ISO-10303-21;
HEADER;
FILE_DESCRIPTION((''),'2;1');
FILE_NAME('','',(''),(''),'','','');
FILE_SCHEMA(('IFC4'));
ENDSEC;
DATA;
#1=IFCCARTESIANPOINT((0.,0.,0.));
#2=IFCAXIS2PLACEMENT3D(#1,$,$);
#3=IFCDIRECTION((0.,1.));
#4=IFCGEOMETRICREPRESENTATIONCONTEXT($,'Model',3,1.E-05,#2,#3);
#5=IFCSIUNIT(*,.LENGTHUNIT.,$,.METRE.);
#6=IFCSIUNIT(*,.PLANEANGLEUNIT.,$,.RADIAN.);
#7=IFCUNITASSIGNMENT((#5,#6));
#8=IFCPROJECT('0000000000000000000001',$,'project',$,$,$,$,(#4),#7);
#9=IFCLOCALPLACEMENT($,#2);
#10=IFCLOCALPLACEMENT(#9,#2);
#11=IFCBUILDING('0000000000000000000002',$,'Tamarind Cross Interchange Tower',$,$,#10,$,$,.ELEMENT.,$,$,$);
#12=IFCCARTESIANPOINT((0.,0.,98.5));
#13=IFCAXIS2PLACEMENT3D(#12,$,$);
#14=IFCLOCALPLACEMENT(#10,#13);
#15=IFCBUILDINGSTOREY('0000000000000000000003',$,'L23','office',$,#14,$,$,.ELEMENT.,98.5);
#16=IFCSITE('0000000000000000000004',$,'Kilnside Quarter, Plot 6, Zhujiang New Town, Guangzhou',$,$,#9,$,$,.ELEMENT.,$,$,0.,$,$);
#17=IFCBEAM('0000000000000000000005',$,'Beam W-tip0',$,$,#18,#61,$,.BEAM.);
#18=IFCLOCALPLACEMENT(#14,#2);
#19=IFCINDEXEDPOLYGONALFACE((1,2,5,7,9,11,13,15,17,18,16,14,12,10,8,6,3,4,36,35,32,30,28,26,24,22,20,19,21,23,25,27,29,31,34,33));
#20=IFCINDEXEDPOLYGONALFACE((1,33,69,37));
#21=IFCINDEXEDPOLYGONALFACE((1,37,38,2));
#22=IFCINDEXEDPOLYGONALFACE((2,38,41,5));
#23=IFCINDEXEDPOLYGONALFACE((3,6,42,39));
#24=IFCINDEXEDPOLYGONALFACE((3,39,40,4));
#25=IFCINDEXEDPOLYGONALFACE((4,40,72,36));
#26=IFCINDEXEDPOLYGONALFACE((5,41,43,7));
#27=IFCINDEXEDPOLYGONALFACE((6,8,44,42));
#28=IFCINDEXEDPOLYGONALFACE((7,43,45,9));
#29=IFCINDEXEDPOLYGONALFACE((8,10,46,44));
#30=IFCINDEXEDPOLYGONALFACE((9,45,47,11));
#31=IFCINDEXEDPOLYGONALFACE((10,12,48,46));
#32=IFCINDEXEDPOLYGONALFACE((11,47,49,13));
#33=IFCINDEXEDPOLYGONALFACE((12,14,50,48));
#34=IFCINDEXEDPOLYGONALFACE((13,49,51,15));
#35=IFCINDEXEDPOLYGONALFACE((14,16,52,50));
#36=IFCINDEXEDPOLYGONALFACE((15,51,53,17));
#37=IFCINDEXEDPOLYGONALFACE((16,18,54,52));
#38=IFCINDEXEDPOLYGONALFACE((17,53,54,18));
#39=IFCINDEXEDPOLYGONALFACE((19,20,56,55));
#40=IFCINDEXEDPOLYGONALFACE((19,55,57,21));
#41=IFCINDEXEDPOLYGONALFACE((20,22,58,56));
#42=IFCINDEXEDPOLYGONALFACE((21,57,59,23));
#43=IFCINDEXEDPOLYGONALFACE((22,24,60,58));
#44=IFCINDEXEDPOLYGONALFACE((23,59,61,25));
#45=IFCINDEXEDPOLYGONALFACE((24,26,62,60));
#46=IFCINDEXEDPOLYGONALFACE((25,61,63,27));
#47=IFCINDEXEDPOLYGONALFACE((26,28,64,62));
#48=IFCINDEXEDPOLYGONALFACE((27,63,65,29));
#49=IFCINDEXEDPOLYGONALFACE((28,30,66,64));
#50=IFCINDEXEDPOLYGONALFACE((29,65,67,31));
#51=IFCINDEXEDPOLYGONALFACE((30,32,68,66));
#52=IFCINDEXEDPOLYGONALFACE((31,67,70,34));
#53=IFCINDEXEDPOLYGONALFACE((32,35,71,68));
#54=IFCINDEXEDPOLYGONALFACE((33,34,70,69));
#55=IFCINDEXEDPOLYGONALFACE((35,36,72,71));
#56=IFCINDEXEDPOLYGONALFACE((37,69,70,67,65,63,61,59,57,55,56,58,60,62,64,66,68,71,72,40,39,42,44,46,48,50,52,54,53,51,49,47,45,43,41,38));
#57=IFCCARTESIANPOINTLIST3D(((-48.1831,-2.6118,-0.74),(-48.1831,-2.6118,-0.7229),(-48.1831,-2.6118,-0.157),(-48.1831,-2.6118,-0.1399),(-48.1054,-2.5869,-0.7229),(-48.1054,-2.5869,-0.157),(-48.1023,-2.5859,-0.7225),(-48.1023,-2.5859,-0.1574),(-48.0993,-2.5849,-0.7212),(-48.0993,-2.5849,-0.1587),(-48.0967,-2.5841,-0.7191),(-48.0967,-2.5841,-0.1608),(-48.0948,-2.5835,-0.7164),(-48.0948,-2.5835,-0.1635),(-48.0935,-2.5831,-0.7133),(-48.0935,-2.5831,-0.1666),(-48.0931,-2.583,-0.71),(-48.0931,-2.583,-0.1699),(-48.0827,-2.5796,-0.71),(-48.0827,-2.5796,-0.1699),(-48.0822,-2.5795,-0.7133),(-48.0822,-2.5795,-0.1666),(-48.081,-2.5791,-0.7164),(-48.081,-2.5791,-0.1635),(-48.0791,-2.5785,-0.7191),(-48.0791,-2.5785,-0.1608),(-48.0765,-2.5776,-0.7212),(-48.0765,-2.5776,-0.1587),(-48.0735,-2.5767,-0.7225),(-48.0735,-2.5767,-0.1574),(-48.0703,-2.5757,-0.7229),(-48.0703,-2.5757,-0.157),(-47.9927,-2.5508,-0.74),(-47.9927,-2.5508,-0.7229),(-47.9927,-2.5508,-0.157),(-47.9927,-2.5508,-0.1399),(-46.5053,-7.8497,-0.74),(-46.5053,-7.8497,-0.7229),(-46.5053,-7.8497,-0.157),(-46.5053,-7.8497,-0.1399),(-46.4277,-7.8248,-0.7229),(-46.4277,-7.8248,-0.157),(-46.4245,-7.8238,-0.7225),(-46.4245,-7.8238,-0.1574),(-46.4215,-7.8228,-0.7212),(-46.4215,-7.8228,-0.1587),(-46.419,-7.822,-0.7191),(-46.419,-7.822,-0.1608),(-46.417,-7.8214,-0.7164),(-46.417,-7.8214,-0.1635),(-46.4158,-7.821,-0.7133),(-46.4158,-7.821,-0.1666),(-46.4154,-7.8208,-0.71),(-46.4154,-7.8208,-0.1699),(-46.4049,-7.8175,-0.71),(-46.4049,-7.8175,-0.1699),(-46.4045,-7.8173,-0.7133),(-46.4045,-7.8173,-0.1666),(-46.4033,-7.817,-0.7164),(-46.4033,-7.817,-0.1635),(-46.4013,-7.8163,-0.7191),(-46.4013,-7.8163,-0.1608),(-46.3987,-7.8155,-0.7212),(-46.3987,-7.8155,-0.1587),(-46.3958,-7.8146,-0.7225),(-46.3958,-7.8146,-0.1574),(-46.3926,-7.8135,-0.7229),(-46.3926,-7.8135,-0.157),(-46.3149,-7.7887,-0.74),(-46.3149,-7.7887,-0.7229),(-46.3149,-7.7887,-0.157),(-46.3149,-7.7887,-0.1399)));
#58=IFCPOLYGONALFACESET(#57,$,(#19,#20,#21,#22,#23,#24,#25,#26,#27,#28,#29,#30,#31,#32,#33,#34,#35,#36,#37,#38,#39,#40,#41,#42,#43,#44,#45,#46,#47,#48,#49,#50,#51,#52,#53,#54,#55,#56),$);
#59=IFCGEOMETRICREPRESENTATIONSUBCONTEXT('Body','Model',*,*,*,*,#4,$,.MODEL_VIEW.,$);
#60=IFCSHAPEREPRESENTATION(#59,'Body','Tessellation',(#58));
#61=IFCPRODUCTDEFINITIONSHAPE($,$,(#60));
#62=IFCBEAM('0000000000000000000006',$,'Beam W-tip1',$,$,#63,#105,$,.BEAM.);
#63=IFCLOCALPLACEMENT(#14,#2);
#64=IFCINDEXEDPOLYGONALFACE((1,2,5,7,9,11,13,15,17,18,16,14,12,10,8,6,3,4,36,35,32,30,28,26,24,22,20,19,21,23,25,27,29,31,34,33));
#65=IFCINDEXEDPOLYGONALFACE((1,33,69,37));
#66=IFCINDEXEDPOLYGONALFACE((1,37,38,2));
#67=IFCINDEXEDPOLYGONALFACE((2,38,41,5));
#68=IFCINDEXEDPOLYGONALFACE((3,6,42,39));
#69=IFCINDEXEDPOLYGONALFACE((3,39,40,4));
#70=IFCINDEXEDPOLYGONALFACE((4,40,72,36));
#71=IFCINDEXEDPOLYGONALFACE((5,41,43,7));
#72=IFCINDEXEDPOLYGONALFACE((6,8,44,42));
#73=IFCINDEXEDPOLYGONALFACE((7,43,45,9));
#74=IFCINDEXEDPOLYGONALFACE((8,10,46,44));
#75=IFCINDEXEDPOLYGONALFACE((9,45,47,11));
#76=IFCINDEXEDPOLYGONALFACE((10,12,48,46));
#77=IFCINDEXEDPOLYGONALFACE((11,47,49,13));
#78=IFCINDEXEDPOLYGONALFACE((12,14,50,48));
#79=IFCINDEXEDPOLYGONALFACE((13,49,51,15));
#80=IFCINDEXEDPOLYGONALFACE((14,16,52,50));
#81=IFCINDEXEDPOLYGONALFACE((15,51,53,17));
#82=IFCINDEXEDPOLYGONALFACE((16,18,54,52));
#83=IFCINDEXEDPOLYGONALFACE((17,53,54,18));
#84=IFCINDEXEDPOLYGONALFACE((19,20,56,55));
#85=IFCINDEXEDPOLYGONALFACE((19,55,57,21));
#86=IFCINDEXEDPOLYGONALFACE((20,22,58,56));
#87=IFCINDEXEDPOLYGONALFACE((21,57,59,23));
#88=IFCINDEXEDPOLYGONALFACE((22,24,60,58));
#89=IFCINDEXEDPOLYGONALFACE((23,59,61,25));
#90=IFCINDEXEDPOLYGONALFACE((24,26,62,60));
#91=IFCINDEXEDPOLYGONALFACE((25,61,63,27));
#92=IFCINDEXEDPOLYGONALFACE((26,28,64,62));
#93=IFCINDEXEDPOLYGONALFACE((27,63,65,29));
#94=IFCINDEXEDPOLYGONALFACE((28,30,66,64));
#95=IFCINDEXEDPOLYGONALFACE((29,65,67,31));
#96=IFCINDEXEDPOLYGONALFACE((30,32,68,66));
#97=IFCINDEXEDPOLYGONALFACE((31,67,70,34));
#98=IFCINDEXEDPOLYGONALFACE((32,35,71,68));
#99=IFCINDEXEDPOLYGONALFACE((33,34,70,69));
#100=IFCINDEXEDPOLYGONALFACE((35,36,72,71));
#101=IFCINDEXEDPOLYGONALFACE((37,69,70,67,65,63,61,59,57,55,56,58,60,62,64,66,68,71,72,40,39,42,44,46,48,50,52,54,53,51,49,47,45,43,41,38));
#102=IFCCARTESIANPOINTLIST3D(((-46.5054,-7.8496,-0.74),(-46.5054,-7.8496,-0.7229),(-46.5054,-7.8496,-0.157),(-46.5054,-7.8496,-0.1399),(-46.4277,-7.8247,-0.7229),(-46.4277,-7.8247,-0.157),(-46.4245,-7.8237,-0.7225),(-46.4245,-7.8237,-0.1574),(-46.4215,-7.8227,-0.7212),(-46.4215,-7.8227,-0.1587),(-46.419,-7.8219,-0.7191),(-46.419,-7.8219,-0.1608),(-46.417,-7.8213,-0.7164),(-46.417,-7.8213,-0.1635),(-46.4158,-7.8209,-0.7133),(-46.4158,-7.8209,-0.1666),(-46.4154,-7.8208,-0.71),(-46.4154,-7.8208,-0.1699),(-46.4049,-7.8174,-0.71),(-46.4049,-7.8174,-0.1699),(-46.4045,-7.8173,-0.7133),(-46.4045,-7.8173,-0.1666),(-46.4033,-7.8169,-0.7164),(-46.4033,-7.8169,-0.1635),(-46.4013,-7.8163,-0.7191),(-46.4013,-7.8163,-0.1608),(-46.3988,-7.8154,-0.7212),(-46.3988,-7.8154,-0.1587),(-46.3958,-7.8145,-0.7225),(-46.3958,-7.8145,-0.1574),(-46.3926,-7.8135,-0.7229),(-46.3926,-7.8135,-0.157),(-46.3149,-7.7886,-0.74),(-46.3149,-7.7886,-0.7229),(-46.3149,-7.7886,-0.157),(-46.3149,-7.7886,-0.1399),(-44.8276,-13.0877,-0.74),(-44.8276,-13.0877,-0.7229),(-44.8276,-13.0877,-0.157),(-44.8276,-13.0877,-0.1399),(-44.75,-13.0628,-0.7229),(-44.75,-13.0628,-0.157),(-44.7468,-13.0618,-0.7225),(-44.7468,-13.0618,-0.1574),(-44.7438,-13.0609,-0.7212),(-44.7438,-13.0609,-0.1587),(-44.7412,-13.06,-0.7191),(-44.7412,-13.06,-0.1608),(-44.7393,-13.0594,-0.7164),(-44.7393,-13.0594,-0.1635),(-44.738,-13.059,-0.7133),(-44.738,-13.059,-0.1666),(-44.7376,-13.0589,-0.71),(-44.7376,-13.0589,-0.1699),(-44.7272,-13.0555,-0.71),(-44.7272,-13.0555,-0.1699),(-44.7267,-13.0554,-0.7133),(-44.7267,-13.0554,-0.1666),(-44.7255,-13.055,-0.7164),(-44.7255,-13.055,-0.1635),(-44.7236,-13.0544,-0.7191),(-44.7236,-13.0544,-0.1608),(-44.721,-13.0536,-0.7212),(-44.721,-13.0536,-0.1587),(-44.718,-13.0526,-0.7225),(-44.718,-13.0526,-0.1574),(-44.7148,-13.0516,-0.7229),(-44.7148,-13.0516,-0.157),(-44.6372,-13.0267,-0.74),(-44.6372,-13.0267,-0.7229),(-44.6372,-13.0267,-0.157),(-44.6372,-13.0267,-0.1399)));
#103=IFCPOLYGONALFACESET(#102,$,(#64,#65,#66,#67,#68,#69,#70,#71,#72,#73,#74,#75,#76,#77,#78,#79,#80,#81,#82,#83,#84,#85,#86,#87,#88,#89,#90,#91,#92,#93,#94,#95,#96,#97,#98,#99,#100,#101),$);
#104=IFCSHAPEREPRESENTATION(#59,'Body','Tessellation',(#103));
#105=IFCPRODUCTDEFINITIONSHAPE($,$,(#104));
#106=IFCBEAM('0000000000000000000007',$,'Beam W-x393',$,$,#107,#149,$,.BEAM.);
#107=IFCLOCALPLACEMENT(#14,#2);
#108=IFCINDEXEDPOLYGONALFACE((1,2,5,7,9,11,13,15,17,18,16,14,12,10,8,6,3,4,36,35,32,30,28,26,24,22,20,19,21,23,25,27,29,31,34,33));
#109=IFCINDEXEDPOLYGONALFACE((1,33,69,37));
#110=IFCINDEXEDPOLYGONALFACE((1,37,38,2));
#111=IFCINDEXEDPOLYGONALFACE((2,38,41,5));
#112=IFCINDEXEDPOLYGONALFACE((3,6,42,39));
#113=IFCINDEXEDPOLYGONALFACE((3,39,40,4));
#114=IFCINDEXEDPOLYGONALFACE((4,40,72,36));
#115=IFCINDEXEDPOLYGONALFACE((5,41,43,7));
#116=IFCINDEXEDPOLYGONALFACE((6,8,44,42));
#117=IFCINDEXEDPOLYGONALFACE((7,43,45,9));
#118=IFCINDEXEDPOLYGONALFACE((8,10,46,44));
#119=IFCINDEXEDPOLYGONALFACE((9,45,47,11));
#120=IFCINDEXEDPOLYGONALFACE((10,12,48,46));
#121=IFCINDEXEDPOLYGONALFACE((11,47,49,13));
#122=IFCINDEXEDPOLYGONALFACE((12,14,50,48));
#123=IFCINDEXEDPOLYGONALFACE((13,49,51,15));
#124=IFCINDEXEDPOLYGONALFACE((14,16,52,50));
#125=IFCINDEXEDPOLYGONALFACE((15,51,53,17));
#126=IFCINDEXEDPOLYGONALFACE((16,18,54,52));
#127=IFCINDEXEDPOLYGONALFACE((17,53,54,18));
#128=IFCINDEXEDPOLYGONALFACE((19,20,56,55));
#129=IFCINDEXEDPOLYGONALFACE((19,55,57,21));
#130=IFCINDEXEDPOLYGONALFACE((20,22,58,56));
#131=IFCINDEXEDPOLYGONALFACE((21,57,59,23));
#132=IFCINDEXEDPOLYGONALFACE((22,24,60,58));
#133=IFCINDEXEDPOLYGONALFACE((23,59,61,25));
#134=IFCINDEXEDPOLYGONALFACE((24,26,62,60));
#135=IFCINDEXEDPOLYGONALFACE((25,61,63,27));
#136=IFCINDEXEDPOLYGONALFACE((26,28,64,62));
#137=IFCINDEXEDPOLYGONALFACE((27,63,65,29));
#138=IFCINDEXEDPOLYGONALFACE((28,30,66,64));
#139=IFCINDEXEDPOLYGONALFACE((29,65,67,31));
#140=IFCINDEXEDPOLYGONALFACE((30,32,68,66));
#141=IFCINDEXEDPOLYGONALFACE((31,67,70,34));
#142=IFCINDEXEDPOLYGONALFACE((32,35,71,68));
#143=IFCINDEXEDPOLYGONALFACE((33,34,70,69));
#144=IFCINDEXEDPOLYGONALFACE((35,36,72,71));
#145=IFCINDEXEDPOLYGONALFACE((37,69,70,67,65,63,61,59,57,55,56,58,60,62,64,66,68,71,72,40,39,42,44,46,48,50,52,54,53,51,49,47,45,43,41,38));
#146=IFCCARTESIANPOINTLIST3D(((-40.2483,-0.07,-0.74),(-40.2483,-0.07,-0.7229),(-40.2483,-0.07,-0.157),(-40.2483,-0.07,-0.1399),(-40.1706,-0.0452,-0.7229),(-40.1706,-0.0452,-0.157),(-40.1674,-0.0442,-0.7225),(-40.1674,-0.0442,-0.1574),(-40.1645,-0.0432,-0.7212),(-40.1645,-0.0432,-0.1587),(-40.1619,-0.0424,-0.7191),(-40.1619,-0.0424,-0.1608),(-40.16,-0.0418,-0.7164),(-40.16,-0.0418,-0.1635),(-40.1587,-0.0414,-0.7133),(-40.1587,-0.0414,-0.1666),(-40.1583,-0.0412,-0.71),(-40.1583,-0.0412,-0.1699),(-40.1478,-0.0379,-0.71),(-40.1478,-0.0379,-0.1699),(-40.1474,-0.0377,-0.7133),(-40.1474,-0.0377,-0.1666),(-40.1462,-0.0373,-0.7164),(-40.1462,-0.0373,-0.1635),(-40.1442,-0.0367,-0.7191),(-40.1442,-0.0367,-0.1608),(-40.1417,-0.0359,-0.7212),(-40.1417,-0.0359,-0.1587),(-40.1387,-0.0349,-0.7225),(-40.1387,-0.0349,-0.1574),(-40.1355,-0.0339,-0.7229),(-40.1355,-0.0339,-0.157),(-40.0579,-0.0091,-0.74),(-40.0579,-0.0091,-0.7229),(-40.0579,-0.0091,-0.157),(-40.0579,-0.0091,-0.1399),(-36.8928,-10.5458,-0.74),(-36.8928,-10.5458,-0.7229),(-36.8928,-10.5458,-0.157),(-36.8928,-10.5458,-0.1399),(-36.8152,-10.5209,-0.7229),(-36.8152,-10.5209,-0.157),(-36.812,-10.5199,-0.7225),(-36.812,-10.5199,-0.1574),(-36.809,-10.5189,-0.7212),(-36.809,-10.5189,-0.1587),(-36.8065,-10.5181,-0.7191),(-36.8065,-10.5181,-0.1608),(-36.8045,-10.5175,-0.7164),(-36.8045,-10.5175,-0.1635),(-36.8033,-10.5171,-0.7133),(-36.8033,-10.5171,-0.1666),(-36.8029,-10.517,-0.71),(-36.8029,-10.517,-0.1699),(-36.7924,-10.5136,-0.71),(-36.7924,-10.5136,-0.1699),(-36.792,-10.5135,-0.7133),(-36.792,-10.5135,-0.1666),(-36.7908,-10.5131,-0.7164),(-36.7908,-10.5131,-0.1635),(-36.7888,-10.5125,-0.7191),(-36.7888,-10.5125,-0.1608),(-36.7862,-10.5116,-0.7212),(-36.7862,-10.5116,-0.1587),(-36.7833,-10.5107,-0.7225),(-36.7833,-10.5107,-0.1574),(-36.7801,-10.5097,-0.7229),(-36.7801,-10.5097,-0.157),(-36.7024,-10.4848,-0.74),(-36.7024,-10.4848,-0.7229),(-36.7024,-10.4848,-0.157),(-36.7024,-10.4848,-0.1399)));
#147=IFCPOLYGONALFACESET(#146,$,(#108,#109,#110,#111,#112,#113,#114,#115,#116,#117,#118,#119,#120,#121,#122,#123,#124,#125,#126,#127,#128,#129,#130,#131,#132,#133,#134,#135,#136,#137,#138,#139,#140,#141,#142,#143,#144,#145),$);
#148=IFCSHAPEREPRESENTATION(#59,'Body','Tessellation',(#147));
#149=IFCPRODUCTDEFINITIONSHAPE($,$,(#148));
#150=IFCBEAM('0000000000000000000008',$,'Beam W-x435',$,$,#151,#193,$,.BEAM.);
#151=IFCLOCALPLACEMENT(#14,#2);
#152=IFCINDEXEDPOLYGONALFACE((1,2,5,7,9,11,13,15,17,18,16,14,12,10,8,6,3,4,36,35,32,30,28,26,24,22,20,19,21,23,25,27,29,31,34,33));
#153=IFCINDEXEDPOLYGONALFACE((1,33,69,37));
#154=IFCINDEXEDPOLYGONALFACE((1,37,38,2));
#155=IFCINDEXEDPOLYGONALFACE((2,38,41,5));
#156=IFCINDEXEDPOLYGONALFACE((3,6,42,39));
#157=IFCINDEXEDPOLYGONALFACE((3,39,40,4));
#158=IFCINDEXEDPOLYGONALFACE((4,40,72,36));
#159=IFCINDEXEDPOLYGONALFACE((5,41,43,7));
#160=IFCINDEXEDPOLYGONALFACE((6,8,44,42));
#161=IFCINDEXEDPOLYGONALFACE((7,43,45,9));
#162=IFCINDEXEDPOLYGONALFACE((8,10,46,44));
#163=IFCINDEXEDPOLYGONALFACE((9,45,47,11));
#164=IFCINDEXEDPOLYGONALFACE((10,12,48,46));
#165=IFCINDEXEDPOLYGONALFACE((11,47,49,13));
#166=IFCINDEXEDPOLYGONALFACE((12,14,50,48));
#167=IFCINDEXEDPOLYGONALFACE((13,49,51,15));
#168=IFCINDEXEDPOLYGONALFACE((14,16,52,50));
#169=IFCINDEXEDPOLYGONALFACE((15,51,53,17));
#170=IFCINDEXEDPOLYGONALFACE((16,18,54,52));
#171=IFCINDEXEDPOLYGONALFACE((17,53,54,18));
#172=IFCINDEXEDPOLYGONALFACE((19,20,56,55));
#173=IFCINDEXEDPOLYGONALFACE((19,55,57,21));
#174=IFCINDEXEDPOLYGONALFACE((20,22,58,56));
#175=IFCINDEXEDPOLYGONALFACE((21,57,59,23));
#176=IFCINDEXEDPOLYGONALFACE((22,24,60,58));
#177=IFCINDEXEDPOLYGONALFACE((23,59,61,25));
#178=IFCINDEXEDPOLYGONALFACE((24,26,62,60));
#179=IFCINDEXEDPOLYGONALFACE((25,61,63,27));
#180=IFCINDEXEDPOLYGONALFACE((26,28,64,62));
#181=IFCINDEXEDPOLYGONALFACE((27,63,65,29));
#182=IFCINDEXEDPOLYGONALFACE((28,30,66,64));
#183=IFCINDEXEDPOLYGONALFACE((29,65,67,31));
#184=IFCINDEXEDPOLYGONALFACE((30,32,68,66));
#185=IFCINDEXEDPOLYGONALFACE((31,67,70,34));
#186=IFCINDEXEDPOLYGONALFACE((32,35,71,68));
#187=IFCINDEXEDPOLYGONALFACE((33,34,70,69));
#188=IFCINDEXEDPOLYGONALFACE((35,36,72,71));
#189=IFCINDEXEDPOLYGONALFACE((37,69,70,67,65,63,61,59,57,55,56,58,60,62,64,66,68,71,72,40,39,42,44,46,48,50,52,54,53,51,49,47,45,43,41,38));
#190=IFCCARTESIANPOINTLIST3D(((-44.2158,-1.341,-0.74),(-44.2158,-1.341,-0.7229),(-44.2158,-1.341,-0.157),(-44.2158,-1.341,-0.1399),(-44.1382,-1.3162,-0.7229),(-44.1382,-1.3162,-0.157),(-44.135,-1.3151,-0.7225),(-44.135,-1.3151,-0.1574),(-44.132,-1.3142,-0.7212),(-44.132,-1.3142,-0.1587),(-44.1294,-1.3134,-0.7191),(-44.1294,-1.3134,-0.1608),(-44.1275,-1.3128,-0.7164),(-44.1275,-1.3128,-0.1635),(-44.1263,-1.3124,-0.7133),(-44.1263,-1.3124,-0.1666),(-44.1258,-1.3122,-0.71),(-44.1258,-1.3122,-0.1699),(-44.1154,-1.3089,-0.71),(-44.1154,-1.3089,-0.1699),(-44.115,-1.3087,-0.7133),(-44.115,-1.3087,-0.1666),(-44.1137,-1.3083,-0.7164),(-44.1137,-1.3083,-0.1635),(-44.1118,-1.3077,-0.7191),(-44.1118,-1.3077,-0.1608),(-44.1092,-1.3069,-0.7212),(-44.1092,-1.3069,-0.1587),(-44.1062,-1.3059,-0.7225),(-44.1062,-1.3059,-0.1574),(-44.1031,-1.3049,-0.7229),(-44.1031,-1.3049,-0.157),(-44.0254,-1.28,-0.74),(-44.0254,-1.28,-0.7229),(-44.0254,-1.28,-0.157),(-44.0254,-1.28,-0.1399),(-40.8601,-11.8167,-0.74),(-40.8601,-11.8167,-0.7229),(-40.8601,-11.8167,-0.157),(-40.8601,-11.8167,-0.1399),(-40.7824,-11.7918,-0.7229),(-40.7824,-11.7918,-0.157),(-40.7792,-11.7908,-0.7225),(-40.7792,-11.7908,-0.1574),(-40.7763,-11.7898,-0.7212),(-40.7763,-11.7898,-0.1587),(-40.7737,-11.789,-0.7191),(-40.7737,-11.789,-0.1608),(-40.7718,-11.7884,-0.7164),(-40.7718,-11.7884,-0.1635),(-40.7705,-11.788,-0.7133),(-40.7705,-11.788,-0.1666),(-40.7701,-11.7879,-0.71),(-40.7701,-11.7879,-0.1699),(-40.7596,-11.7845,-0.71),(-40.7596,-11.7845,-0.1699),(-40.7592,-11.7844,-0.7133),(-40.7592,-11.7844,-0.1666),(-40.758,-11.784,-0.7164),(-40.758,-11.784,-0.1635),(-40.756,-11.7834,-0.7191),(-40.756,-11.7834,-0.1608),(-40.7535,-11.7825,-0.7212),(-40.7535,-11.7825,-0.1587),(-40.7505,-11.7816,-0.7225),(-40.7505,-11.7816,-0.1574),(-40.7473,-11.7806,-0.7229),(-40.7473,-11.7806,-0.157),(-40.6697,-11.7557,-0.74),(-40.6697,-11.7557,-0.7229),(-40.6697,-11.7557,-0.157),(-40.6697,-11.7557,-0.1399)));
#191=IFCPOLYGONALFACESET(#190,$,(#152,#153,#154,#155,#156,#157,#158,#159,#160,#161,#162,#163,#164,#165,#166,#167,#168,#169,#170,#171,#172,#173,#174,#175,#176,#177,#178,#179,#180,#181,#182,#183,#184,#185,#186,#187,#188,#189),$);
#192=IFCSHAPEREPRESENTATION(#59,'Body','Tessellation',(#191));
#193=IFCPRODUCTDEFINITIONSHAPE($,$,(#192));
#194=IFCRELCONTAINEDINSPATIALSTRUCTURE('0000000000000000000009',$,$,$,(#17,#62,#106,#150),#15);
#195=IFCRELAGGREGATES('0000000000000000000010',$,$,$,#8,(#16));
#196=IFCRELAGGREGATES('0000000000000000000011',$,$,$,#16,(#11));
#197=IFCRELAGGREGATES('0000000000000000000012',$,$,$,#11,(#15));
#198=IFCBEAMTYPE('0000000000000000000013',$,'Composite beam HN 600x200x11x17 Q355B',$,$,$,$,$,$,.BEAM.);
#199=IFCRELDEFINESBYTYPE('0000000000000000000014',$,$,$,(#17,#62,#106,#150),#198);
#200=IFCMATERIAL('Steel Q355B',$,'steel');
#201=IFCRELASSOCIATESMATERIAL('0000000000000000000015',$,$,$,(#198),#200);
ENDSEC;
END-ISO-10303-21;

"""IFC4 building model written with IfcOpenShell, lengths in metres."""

from ifc_helpers import new_model, si_unit, direction, frame, origin, origin_2d, place, context, subcontext, project, spatial, i_section, extrude, material, material_profile, profile_set, type_object, element, save


model = new_model("IFC4")

# Units and contexts
model_context = context("Model", 3, precision=1e-05, world=origin(), true_north=direction((0.0, 1.0)))
body_context = subcontext(model_context, "Body", "Model", "MODEL_VIEW")
ifc_project = project(units=[si_unit("LENGTHUNIT", "METRE"), si_unit("PLANEANGLEUNIT", "RADIAN")], contexts=[model_context])

# Site, building, storey
site_placement = place(None, origin())
site = spatial("IfcSite", under=ifc_project, at=site_placement, Name="Kilnside Quarter, Plot 6, Zhujiang New Town, Guangzhou", CompositionType="ELEMENT", RefElevation=0.0)
building_placement = place(site_placement, origin())
building = spatial("IfcBuilding", under=site, at=building_placement, Name="Tamarind Cross Interchange Tower", CompositionType="ELEMENT")
storey_placement = place(building_placement, frame((0.0, 0.0, 98.5)))
storey = spatial("IfcBuildingStorey", under=building, at=storey_placement, Name="L23", Description="office", CompositionType="ELEMENT", Elevation=98.5)

# Beams
ifc_material_1 = material(Name="Steel Q355B", Category="steel")
ifc_material_profile_1 = material_profile(ifc_material_1, i_section(OverallWidth=0.2, OverallDepth=0.6001, WebThickness=0.011, FlangeThickness=0.0171, FilletRadius=0.0129, at=origin_2d()), Name="HN 600x200x11x17")
ifc_profile_set_1 = profile_set([ifc_material_profile_1], Name="Steel Q355B")
beam_type_1 = type_object("IfcBeamType", Name="Composite beam HN 600x200x11x17 Q355B", PredefinedType="BEAM", material=ifc_profile_set_1)
beam_1_placement = place(storey_placement, frame((-48.0879, -2.5813, -0.4399), z_axis=(0.305046, -0.952338, 0.0), x_axis=(0.952338, 0.305046, 0.0)))
element("IfcBeam", 1, at=beam_1_placement, inside=storey, type_object=beam_type_1, Name="Beam W-tip0", PredefinedType="BEAM", context=body_context, shape_type="SweptSolid", body=[
    extrude(i_section(OverallWidth=0.2, OverallDepth=0.6001, WebThickness=0.011, FlangeThickness=0.0171, FilletRadius=0.0129, at=origin_2d()), origin(), (0.0, 0.0, 1.0), 5.5),
])
beam_2_placement = place(storey_placement, frame((-46.4102, -7.8191, -0.4399), z_axis=(0.305033, -0.952342, 0.0), x_axis=(0.952342, 0.305033, 0.0)))
element("IfcBeam", 2, at=beam_2_placement, inside=storey, type_object=beam_type_1, Name="Beam W-tip1", PredefinedType="BEAM", context=body_context, shape_type="SweptSolid", body=[
    extrude(i_section(OverallWidth=0.2, OverallDepth=0.6001, WebThickness=0.011, FlangeThickness=0.0171, FilletRadius=0.0129, at=origin_2d()), origin(), (0.0, 0.0, 1.0), 5.5002),
])
for number, where, z_axis, x_axis, name in (
    (3, (-40.1531, -0.0396, -0.4399), (0.30504, -0.95234, 0.0), (0.95234, 0.30504, 0.0), "Beam W-x393"),
    (4, (-44.1206, -1.3105, -0.4399), (0.305066, -0.952331, 0.0), (0.952331, 0.305066, 0.0), "Beam W-x435"),
):
    element("IfcBeam", number, at=place(storey_placement, frame(where, z_axis=z_axis, x_axis=x_axis)), inside=storey, type_object=beam_type_1, Name=name, PredefinedType="BEAM", context=body_context, shape_type="SweptSolid", body=[
        extrude(i_section(OverallWidth=0.2, OverallDepth=0.6001, WebThickness=0.011, FlangeThickness=0.0171, FilletRadius=0.0129, at=origin_2d()), origin(), (0.0, 0.0, 1.0), 11.0),
    ])

save(model, "model.ifc")
